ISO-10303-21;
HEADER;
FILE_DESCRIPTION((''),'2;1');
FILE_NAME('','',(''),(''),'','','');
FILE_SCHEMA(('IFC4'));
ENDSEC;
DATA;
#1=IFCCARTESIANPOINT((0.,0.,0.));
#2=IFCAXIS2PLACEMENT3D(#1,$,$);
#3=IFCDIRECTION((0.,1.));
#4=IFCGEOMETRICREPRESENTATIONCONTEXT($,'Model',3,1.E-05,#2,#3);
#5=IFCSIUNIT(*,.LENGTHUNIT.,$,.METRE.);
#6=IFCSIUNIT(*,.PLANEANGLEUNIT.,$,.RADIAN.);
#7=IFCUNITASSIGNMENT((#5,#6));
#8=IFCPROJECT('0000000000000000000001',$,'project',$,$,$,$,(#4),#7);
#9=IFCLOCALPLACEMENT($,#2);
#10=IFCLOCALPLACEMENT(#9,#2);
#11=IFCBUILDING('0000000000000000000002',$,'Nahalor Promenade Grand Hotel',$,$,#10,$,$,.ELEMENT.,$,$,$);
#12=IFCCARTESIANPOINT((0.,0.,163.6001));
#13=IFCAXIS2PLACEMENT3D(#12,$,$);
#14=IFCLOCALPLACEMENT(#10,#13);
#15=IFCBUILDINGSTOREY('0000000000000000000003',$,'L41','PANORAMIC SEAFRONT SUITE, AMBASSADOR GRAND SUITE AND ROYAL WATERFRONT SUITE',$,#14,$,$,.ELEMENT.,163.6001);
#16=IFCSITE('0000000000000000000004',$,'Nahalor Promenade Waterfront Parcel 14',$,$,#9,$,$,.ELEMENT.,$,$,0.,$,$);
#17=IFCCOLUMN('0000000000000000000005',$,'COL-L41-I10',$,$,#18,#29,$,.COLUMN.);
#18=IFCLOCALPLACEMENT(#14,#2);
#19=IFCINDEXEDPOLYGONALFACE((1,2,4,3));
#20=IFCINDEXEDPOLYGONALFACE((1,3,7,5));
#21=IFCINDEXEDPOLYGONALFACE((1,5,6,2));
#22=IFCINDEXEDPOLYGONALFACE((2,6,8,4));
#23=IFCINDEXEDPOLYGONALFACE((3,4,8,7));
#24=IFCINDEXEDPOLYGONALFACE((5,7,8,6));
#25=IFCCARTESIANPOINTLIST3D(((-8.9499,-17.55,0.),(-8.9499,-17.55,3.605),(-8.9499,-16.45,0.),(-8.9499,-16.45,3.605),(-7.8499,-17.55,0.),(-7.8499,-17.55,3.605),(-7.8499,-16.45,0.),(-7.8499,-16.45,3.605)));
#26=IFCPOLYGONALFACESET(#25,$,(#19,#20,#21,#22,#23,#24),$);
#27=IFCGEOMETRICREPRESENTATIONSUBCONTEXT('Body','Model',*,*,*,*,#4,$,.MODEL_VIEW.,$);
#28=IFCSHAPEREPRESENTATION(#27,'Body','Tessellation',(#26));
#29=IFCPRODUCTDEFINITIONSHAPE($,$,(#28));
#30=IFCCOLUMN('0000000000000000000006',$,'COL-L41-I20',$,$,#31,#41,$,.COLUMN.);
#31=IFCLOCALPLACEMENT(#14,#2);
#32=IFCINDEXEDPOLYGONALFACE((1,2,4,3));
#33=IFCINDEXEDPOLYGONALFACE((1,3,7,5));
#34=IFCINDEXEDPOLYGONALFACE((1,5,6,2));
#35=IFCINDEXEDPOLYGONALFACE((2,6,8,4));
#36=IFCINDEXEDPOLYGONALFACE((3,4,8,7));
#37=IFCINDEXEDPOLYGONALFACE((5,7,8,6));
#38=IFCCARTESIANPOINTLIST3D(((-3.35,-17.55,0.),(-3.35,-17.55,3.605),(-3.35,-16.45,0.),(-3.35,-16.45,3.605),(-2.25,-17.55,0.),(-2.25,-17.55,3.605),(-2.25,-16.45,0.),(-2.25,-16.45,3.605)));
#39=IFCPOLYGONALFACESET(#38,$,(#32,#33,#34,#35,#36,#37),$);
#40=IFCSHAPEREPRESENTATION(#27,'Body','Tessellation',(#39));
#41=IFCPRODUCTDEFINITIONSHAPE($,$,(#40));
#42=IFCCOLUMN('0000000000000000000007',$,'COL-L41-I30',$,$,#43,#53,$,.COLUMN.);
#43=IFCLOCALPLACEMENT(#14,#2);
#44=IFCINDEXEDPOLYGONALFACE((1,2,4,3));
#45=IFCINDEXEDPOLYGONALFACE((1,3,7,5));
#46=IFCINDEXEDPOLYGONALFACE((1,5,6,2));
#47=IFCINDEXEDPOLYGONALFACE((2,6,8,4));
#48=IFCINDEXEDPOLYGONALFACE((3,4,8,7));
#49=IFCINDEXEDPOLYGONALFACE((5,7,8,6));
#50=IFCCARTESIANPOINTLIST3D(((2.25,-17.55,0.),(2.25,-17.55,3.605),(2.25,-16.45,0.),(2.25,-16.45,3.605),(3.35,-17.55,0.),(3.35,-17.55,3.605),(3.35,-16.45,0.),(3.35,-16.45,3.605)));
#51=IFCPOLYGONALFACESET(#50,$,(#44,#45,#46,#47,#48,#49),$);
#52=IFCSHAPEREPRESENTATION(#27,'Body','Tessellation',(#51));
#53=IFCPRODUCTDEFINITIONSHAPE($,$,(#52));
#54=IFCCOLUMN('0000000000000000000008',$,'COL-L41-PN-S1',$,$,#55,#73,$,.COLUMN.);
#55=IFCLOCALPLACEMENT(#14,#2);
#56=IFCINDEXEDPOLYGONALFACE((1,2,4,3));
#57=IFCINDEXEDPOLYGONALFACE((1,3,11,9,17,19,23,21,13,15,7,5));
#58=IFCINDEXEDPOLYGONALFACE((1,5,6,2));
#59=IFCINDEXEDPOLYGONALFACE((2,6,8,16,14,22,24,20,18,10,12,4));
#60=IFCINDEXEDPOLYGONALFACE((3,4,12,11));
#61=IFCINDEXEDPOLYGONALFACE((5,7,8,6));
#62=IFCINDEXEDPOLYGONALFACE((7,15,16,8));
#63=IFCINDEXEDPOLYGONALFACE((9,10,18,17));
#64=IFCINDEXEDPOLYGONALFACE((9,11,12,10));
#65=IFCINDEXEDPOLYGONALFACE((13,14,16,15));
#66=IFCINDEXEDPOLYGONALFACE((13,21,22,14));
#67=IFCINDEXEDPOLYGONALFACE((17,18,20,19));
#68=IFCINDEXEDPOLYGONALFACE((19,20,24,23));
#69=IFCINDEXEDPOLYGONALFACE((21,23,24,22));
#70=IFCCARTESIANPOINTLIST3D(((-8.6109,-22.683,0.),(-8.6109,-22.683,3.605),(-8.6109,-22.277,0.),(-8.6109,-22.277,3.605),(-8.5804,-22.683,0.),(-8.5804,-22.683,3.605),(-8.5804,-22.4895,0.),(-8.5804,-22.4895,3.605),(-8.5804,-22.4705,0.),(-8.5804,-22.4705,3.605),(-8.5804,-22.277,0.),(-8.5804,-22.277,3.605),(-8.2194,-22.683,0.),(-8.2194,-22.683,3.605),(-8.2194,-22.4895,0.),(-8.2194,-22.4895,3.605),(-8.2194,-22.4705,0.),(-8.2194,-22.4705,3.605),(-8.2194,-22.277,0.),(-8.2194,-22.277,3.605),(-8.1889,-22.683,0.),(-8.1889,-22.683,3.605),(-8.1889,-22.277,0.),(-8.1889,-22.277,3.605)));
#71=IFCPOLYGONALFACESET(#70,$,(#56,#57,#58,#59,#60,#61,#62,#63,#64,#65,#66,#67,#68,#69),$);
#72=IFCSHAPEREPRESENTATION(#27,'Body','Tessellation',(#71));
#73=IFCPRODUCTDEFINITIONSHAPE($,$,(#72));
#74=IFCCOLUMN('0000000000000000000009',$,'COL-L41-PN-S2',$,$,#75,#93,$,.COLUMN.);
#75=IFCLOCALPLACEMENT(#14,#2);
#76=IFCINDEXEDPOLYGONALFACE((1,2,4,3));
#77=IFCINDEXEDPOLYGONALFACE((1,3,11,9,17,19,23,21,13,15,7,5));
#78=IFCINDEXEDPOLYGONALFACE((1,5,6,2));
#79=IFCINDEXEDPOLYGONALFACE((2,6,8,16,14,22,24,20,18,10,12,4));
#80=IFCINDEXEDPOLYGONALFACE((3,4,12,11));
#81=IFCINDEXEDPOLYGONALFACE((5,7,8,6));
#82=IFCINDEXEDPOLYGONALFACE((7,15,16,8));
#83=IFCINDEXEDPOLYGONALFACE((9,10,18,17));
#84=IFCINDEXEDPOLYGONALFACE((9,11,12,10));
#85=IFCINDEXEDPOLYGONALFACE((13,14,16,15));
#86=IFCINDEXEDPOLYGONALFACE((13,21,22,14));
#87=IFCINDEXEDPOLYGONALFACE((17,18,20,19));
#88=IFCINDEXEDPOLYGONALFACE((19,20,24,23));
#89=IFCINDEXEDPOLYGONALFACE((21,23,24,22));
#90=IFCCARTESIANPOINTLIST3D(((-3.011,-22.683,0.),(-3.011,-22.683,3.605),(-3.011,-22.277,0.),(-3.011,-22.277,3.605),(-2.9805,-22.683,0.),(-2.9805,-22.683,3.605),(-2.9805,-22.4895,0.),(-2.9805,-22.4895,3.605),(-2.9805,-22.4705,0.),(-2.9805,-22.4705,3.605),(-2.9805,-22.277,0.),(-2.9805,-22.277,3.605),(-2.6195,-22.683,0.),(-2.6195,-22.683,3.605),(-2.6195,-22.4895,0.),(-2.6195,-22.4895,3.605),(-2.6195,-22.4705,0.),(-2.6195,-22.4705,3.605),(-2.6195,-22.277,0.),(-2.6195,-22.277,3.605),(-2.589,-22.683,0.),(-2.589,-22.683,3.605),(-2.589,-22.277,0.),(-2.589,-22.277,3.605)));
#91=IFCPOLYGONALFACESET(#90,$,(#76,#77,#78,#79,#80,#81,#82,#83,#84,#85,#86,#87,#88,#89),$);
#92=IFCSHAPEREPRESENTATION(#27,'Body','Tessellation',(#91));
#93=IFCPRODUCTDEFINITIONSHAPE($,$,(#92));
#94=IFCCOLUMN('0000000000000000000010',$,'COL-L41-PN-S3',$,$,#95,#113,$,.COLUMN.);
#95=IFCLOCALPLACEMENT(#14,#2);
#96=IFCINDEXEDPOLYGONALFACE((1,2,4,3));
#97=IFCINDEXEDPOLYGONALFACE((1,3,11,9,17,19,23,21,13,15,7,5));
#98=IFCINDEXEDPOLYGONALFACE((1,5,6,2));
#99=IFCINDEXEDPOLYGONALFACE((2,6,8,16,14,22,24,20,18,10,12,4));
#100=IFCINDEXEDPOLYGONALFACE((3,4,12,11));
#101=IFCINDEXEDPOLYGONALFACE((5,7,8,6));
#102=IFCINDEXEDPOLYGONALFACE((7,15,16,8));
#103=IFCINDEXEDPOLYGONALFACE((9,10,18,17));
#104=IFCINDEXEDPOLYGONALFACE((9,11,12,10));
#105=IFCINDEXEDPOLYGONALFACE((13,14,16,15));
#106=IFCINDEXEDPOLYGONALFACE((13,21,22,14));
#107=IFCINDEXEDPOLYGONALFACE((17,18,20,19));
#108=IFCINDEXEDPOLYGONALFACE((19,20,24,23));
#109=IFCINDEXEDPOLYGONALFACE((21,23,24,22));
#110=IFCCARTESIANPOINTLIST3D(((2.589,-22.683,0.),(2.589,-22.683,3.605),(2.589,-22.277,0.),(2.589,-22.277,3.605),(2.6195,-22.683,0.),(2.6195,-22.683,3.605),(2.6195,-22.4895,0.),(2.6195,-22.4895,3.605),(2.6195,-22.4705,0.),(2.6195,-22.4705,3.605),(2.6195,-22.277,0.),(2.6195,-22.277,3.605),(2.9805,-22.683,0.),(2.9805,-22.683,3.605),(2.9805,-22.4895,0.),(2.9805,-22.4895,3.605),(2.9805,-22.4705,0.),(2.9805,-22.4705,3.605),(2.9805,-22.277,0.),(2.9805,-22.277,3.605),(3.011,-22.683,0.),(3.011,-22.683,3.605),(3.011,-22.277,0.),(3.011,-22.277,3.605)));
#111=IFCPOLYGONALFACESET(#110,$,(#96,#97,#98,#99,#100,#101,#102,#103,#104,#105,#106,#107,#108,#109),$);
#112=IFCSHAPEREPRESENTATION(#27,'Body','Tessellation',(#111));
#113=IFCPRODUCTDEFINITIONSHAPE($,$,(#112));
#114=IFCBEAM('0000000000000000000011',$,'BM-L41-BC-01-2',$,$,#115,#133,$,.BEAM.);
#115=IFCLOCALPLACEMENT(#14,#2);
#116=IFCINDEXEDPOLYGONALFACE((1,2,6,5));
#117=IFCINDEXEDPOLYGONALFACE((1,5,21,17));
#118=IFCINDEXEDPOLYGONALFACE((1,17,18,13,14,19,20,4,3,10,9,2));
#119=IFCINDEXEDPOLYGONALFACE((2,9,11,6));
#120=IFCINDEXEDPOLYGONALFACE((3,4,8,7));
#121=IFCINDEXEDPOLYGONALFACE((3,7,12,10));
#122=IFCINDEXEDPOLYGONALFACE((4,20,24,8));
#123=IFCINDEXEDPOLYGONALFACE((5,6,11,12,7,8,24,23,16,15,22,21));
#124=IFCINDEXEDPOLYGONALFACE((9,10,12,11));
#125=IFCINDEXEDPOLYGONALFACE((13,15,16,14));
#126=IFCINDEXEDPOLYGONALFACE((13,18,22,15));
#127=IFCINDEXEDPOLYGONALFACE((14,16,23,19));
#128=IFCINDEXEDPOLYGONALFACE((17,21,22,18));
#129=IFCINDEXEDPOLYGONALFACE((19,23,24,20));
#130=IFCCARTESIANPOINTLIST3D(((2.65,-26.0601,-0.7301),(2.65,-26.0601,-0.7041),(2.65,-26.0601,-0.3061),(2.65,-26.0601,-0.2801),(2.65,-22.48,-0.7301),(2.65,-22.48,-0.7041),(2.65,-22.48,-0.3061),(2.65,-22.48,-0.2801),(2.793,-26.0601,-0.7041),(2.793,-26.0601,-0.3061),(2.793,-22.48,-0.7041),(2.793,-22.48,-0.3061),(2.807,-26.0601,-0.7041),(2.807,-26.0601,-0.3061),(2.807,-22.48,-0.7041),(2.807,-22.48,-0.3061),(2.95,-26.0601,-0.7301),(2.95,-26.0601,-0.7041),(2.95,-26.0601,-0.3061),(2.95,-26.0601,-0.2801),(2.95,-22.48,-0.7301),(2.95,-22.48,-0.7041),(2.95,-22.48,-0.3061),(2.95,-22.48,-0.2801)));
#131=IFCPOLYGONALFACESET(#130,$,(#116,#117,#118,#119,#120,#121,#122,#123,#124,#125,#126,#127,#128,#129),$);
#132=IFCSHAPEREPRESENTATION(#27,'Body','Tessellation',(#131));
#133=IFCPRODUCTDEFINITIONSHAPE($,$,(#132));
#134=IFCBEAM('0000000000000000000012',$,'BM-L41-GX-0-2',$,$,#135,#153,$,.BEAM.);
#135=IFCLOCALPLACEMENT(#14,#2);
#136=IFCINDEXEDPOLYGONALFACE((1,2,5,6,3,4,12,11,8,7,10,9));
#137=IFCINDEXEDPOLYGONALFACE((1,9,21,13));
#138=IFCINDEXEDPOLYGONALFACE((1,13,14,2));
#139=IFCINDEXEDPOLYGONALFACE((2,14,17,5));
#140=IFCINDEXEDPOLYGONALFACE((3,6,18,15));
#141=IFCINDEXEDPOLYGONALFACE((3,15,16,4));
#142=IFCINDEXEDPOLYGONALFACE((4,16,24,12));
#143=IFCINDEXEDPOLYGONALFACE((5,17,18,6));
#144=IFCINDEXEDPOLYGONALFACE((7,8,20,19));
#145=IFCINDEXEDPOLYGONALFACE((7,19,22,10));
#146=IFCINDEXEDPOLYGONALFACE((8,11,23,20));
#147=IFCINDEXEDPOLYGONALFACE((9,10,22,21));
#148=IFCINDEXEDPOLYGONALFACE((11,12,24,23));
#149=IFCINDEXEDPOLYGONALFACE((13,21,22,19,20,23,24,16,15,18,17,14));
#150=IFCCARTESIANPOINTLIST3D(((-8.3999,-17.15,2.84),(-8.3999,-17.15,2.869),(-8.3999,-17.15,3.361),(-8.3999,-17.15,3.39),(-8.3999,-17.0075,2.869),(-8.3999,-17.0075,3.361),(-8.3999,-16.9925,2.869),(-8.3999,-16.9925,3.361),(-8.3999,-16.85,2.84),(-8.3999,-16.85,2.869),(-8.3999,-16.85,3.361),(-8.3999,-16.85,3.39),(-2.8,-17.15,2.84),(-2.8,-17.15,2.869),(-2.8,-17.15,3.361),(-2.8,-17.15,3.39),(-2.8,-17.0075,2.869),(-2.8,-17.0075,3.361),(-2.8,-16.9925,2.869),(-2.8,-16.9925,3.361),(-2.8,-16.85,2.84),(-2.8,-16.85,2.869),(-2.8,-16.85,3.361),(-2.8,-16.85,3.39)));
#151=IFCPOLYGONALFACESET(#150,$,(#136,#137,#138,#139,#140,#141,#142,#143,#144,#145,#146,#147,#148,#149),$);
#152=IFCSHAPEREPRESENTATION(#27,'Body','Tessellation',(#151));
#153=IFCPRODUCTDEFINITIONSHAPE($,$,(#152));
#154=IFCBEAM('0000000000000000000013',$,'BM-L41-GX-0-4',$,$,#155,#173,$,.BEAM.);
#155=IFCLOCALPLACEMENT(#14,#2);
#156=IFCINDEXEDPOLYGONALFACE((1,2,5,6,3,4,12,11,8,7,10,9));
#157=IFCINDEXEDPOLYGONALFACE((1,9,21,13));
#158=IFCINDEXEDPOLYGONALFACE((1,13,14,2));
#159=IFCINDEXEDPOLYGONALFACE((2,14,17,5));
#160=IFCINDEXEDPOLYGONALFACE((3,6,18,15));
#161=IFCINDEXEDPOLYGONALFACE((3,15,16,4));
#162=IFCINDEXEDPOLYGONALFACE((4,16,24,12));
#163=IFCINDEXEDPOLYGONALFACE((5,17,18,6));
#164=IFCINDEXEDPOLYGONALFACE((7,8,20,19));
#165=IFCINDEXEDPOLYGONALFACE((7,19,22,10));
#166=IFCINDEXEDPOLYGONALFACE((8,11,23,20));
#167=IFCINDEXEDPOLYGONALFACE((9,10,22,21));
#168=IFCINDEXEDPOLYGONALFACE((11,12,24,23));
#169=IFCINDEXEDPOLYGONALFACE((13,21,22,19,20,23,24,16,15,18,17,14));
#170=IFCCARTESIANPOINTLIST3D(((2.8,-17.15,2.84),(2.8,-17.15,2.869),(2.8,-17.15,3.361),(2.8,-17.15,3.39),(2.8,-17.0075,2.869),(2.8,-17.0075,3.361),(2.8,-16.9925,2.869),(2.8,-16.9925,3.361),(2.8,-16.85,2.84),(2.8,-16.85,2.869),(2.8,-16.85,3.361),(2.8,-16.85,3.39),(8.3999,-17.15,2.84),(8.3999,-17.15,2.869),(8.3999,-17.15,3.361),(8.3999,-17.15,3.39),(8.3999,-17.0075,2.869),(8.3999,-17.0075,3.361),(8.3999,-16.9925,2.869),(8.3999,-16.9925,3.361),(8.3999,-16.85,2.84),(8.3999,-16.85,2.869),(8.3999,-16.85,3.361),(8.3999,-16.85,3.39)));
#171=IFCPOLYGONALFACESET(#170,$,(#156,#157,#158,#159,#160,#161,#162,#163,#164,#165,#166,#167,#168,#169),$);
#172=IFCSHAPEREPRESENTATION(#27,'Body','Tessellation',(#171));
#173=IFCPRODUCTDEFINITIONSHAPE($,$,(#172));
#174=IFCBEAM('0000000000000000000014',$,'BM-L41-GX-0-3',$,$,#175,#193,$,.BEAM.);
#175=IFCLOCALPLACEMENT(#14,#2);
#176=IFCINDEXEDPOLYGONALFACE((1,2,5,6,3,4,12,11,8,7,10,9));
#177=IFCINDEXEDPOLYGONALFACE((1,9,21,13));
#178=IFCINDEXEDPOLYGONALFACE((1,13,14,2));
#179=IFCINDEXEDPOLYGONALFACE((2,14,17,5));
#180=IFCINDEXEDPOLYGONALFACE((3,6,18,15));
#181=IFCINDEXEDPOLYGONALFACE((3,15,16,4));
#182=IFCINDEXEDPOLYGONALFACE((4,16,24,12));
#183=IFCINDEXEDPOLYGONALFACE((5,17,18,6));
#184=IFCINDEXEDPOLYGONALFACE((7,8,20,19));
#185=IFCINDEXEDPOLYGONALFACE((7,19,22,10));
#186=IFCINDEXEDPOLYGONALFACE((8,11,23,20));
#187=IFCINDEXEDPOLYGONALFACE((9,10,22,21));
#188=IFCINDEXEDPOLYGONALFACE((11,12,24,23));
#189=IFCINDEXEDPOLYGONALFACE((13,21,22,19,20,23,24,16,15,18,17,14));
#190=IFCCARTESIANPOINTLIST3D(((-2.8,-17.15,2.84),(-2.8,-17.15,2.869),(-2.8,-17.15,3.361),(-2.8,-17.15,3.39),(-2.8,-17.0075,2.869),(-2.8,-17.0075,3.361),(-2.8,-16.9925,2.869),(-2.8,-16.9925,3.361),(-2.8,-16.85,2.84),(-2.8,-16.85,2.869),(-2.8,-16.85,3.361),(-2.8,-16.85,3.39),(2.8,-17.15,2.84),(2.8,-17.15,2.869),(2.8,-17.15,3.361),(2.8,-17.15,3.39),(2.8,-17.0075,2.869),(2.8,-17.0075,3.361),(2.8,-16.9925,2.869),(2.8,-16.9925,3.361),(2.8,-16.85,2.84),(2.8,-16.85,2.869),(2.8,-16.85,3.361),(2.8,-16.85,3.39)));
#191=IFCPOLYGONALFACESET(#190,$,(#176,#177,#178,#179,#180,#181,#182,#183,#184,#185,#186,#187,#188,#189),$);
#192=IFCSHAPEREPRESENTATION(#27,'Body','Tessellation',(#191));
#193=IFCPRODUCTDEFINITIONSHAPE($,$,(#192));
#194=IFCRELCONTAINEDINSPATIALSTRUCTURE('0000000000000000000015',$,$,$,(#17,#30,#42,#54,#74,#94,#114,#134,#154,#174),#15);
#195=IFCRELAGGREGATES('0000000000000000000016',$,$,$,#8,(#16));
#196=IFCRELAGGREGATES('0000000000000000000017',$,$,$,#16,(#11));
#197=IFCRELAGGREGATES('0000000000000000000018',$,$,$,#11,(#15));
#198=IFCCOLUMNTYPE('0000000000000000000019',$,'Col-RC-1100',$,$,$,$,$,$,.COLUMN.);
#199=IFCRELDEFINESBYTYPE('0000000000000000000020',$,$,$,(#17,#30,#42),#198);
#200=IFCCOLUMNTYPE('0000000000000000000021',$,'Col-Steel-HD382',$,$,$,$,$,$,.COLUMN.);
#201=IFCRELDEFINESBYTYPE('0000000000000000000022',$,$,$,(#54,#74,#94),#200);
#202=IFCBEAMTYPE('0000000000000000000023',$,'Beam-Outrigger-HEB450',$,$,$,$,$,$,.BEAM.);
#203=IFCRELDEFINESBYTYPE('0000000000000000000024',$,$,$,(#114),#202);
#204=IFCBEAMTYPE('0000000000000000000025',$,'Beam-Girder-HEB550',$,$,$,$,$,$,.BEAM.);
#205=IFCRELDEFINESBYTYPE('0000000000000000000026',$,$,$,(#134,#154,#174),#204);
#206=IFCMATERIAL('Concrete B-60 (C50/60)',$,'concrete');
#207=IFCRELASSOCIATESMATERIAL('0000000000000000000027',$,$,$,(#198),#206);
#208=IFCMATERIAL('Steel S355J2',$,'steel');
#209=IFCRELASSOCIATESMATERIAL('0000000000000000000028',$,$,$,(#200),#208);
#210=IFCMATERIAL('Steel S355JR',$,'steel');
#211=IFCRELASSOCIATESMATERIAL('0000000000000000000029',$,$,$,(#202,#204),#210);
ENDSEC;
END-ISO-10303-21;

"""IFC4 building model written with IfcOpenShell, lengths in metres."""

from ifc_helpers import new_model, si_unit, direction, frame, origin, origin_2d, place, context, subcontext, project, spatial, rectangle, i_section, extrude, source, transform, mapped, material, material_profile, profile_set, type_object, element, save


model = new_model("IFC4")

# Units and contexts
model_context = context("Model", 3, precision=1e-05, world=origin(), true_north=direction((0.0, 1.0)))
body_context = subcontext(model_context, "Body", "Model", "MODEL_VIEW")
ifc_project = project(units=[si_unit("LENGTHUNIT", "METRE"), si_unit("PLANEANGLEUNIT", "RADIAN")], contexts=[model_context])

# Site, building, storey
site_placement = place(None, origin())
site = spatial("IfcSite", under=ifc_project, at=site_placement, Name="Nahalor Promenade Waterfront Parcel 14", CompositionType="ELEMENT", RefElevation=0.0)
building_placement = place(site_placement, origin())
building = spatial("IfcBuilding", under=site, at=building_placement, Name="Nahalor Promenade Grand Hotel", CompositionType="ELEMENT")
storey_placement = place(building_placement, frame((0.0, 0.0, 163.6001)))
storey = spatial("IfcBuildingStorey", under=building, at=storey_placement, Name="L41", Description="PANORAMIC SEAFRONT SUITE, AMBASSADOR GRAND SUITE AND ROYAL WATERFRONT SUITE", CompositionType="ELEMENT", Elevation=163.6001)

# Columns
ifc_material_1 = material(Name="Concrete B-60 (C50/60)", Category="concrete")
ifc_material_profile_1 = material_profile(ifc_material_1, rectangle(XDim=1.1, YDim=1.1, at=origin_2d()), Name="RC 1100x1100")
ifc_profile_set_1 = profile_set([ifc_material_profile_1], Name="Concrete B-60 (C50/60)")
column_type_1 = type_object("IfcColumnType", Name="Col-RC-1100", PredefinedType="COLUMN", material=ifc_profile_set_1)
shared_shape_1 = source(origin(), body_context, "Body", "SweptSolid", [
    extrude(rectangle(XDim=1.1, YDim=1.1, at=origin_2d()), origin(), (0.0, 0.0, 1.0), 3.605),
])
for number, where, z_axis, x_axis, name in (
    (1, (-8.3999, -17.0, 0.0), (0.0, 0.0, 1.0), (1.0, 0.0, 0.0), "COL-L41-I10"),
    (2, (-2.8, -17.0, 0.0), (0.0, 0.0, 1.0), (1.0, 0.0, 0.0), "COL-L41-I20"),
    (3, (2.8, -17.0, 0.0), (0.0, 0.0, 1.0), (1.0, 0.0, 0.0), "COL-L41-I30"),
):
    element("IfcColumn", number, at=place(storey_placement, frame(where, z_axis=z_axis, x_axis=x_axis)), inside=storey, type_object=column_type_1, Name=name, PredefinedType="COLUMN", context=body_context, shape_type="MappedRepresentation", body=[
        mapped(shared_shape_1, transform((0.0, 0.0, 0.0), scale=1.0)),
    ])
ifc_material_2 = material(Name="Steel S355J2", Category="steel")
ifc_material_profile_2 = material_profile(ifc_material_2, i_section(OverallWidth=0.406, OverallDepth=0.422, WebThickness=0.019, FlangeThickness=0.0305, at=origin_2d()), Name="HD 400x382")
ifc_profile_set_2 = profile_set([ifc_material_profile_2], Name="Steel S355J2")
column_type_2 = type_object("IfcColumnType", Name="Col-Steel-HD382", PredefinedType="COLUMN", material=ifc_profile_set_2)
shared_shape_2 = source(origin(), body_context, "Body", "SweptSolid", [
    extrude(i_section(OverallWidth=0.406, OverallDepth=0.422, WebThickness=0.019, FlangeThickness=0.0305, at=origin_2d()), origin(), (0.0, 0.0, 1.0), 3.605),
])
for number, where, z_axis, x_axis, name in (
    (4, (-8.3999, -22.48, 0.0), (0.0, 0.0, 1.0), (0.0, 1.0, 0.0), "COL-L41-PN-S1"),
    (5, (-2.8, -22.48, 0.0), (0.0, 0.0, 1.0), (0.0, 1.0, 0.0), "COL-L41-PN-S2"),
    (6, (2.8, -22.48, 0.0), (0.0, 0.0, 1.0), (0.0, 1.0, 0.0), "COL-L41-PN-S3"),
):
    element("IfcColumn", number, at=place(storey_placement, frame(where, z_axis=z_axis, x_axis=x_axis)), inside=storey, type_object=column_type_2, Name=name, PredefinedType="COLUMN", context=body_context, shape_type="MappedRepresentation", body=[
        mapped(shared_shape_2, transform((0.0, 0.0, 0.0), scale=1.0)),
    ])

# Beams
ifc_material_3 = material(Name="Steel S355JR", Category="steel")
ifc_material_profile_3 = material_profile(ifc_material_3, i_section(OverallWidth=0.3, OverallDepth=0.45, WebThickness=0.014, FlangeThickness=0.026, at=origin_2d()), Name="HEB 450")
ifc_profile_set_3 = profile_set([ifc_material_profile_3], Name="Steel S355JR")
beam_type_1 = type_object("IfcBeamType", Name="Beam-Outrigger-HEB450", PredefinedType="BEAM", material=ifc_profile_set_3)
shared_shape_3 = source(origin(), body_context, "Body", "SweptSolid", [
    extrude(i_section(OverallWidth=0.3, OverallDepth=0.45, WebThickness=0.014, FlangeThickness=0.026, at=origin_2d()), origin(), (0.0, 0.0, 1.0), 3.5801),
])
beam_1_placement = place(storey_placement, frame((2.8, -26.0601, -0.5051), z_axis=(0.0, 1.0, 0.0), x_axis=(-1.0, 0.0, 0.0)))
element("IfcBeam", 7, at=beam_1_placement, inside=storey, type_object=beam_type_1, Name="BM-L41-BC-01-2", PredefinedType="BEAM", context=body_context, shape_type="MappedRepresentation", body=[
    mapped(shared_shape_3, transform((0.0, 0.0, 0.0), scale=1.0)),
])
ifc_material_profile_4 = material_profile(ifc_material_3, i_section(OverallWidth=0.3, OverallDepth=0.55, WebThickness=0.015, FlangeThickness=0.029, at=origin_2d()), Name="HEB 550")
ifc_profile_set_4 = profile_set([ifc_material_profile_4], Name="Steel S355JR")
beam_type_2 = type_object("IfcBeamType", Name="Beam-Girder-HEB550", PredefinedType="BEAM", material=ifc_profile_set_4)
shared_shape_4 = source(origin(), body_context, "Body", "SweptSolid", [
    extrude(i_section(OverallWidth=0.3, OverallDepth=0.55, WebThickness=0.015, FlangeThickness=0.029, at=origin_2d()), origin(), (0.0, 0.0, 1.0), 5.5999),
])
for number, where, z_axis, x_axis, name in (
    (8, (-8.3999, -17.0, 3.115), (1.0, 0.0, 0.0), (0.0, 1.0, 0.0), "BM-L41-GX-0-2"),
    (9, (2.8, -17.0, 3.115), (1.0, 0.0, 0.0), (0.0, 1.0, 0.0), "BM-L41-GX-0-4"),
):
    element("IfcBeam", number, at=place(storey_placement, frame(where, z_axis=z_axis, x_axis=x_axis)), inside=storey, type_object=beam_type_2, Name=name, PredefinedType="BEAM", context=body_context, shape_type="MappedRepresentation", body=[
        mapped(shared_shape_4, transform((0.0, 0.0, 0.0), scale=1.0)),
    ])
shared_shape_5 = source(origin(), body_context, "Body", "SweptSolid", [
    extrude(i_section(OverallWidth=0.3, OverallDepth=0.55, WebThickness=0.015, FlangeThickness=0.029, at=origin_2d()), origin(), (0.0, 0.0, 1.0), 5.6001),
])
beam_2_placement = place(storey_placement, frame((-2.8, -17.0, 3.115), z_axis=(1.0, 0.0, 0.0), x_axis=(0.0, 1.0, 0.0)))
element("IfcBeam", 10, at=beam_2_placement, inside=storey, type_object=beam_type_2, Name="BM-L41-GX-0-3", PredefinedType="BEAM", context=body_context, shape_type="MappedRepresentation", body=[
    mapped(shared_shape_5, transform((0.0, 0.0, 0.0), scale=1.0)),
])

save(model, "model.ifc")
